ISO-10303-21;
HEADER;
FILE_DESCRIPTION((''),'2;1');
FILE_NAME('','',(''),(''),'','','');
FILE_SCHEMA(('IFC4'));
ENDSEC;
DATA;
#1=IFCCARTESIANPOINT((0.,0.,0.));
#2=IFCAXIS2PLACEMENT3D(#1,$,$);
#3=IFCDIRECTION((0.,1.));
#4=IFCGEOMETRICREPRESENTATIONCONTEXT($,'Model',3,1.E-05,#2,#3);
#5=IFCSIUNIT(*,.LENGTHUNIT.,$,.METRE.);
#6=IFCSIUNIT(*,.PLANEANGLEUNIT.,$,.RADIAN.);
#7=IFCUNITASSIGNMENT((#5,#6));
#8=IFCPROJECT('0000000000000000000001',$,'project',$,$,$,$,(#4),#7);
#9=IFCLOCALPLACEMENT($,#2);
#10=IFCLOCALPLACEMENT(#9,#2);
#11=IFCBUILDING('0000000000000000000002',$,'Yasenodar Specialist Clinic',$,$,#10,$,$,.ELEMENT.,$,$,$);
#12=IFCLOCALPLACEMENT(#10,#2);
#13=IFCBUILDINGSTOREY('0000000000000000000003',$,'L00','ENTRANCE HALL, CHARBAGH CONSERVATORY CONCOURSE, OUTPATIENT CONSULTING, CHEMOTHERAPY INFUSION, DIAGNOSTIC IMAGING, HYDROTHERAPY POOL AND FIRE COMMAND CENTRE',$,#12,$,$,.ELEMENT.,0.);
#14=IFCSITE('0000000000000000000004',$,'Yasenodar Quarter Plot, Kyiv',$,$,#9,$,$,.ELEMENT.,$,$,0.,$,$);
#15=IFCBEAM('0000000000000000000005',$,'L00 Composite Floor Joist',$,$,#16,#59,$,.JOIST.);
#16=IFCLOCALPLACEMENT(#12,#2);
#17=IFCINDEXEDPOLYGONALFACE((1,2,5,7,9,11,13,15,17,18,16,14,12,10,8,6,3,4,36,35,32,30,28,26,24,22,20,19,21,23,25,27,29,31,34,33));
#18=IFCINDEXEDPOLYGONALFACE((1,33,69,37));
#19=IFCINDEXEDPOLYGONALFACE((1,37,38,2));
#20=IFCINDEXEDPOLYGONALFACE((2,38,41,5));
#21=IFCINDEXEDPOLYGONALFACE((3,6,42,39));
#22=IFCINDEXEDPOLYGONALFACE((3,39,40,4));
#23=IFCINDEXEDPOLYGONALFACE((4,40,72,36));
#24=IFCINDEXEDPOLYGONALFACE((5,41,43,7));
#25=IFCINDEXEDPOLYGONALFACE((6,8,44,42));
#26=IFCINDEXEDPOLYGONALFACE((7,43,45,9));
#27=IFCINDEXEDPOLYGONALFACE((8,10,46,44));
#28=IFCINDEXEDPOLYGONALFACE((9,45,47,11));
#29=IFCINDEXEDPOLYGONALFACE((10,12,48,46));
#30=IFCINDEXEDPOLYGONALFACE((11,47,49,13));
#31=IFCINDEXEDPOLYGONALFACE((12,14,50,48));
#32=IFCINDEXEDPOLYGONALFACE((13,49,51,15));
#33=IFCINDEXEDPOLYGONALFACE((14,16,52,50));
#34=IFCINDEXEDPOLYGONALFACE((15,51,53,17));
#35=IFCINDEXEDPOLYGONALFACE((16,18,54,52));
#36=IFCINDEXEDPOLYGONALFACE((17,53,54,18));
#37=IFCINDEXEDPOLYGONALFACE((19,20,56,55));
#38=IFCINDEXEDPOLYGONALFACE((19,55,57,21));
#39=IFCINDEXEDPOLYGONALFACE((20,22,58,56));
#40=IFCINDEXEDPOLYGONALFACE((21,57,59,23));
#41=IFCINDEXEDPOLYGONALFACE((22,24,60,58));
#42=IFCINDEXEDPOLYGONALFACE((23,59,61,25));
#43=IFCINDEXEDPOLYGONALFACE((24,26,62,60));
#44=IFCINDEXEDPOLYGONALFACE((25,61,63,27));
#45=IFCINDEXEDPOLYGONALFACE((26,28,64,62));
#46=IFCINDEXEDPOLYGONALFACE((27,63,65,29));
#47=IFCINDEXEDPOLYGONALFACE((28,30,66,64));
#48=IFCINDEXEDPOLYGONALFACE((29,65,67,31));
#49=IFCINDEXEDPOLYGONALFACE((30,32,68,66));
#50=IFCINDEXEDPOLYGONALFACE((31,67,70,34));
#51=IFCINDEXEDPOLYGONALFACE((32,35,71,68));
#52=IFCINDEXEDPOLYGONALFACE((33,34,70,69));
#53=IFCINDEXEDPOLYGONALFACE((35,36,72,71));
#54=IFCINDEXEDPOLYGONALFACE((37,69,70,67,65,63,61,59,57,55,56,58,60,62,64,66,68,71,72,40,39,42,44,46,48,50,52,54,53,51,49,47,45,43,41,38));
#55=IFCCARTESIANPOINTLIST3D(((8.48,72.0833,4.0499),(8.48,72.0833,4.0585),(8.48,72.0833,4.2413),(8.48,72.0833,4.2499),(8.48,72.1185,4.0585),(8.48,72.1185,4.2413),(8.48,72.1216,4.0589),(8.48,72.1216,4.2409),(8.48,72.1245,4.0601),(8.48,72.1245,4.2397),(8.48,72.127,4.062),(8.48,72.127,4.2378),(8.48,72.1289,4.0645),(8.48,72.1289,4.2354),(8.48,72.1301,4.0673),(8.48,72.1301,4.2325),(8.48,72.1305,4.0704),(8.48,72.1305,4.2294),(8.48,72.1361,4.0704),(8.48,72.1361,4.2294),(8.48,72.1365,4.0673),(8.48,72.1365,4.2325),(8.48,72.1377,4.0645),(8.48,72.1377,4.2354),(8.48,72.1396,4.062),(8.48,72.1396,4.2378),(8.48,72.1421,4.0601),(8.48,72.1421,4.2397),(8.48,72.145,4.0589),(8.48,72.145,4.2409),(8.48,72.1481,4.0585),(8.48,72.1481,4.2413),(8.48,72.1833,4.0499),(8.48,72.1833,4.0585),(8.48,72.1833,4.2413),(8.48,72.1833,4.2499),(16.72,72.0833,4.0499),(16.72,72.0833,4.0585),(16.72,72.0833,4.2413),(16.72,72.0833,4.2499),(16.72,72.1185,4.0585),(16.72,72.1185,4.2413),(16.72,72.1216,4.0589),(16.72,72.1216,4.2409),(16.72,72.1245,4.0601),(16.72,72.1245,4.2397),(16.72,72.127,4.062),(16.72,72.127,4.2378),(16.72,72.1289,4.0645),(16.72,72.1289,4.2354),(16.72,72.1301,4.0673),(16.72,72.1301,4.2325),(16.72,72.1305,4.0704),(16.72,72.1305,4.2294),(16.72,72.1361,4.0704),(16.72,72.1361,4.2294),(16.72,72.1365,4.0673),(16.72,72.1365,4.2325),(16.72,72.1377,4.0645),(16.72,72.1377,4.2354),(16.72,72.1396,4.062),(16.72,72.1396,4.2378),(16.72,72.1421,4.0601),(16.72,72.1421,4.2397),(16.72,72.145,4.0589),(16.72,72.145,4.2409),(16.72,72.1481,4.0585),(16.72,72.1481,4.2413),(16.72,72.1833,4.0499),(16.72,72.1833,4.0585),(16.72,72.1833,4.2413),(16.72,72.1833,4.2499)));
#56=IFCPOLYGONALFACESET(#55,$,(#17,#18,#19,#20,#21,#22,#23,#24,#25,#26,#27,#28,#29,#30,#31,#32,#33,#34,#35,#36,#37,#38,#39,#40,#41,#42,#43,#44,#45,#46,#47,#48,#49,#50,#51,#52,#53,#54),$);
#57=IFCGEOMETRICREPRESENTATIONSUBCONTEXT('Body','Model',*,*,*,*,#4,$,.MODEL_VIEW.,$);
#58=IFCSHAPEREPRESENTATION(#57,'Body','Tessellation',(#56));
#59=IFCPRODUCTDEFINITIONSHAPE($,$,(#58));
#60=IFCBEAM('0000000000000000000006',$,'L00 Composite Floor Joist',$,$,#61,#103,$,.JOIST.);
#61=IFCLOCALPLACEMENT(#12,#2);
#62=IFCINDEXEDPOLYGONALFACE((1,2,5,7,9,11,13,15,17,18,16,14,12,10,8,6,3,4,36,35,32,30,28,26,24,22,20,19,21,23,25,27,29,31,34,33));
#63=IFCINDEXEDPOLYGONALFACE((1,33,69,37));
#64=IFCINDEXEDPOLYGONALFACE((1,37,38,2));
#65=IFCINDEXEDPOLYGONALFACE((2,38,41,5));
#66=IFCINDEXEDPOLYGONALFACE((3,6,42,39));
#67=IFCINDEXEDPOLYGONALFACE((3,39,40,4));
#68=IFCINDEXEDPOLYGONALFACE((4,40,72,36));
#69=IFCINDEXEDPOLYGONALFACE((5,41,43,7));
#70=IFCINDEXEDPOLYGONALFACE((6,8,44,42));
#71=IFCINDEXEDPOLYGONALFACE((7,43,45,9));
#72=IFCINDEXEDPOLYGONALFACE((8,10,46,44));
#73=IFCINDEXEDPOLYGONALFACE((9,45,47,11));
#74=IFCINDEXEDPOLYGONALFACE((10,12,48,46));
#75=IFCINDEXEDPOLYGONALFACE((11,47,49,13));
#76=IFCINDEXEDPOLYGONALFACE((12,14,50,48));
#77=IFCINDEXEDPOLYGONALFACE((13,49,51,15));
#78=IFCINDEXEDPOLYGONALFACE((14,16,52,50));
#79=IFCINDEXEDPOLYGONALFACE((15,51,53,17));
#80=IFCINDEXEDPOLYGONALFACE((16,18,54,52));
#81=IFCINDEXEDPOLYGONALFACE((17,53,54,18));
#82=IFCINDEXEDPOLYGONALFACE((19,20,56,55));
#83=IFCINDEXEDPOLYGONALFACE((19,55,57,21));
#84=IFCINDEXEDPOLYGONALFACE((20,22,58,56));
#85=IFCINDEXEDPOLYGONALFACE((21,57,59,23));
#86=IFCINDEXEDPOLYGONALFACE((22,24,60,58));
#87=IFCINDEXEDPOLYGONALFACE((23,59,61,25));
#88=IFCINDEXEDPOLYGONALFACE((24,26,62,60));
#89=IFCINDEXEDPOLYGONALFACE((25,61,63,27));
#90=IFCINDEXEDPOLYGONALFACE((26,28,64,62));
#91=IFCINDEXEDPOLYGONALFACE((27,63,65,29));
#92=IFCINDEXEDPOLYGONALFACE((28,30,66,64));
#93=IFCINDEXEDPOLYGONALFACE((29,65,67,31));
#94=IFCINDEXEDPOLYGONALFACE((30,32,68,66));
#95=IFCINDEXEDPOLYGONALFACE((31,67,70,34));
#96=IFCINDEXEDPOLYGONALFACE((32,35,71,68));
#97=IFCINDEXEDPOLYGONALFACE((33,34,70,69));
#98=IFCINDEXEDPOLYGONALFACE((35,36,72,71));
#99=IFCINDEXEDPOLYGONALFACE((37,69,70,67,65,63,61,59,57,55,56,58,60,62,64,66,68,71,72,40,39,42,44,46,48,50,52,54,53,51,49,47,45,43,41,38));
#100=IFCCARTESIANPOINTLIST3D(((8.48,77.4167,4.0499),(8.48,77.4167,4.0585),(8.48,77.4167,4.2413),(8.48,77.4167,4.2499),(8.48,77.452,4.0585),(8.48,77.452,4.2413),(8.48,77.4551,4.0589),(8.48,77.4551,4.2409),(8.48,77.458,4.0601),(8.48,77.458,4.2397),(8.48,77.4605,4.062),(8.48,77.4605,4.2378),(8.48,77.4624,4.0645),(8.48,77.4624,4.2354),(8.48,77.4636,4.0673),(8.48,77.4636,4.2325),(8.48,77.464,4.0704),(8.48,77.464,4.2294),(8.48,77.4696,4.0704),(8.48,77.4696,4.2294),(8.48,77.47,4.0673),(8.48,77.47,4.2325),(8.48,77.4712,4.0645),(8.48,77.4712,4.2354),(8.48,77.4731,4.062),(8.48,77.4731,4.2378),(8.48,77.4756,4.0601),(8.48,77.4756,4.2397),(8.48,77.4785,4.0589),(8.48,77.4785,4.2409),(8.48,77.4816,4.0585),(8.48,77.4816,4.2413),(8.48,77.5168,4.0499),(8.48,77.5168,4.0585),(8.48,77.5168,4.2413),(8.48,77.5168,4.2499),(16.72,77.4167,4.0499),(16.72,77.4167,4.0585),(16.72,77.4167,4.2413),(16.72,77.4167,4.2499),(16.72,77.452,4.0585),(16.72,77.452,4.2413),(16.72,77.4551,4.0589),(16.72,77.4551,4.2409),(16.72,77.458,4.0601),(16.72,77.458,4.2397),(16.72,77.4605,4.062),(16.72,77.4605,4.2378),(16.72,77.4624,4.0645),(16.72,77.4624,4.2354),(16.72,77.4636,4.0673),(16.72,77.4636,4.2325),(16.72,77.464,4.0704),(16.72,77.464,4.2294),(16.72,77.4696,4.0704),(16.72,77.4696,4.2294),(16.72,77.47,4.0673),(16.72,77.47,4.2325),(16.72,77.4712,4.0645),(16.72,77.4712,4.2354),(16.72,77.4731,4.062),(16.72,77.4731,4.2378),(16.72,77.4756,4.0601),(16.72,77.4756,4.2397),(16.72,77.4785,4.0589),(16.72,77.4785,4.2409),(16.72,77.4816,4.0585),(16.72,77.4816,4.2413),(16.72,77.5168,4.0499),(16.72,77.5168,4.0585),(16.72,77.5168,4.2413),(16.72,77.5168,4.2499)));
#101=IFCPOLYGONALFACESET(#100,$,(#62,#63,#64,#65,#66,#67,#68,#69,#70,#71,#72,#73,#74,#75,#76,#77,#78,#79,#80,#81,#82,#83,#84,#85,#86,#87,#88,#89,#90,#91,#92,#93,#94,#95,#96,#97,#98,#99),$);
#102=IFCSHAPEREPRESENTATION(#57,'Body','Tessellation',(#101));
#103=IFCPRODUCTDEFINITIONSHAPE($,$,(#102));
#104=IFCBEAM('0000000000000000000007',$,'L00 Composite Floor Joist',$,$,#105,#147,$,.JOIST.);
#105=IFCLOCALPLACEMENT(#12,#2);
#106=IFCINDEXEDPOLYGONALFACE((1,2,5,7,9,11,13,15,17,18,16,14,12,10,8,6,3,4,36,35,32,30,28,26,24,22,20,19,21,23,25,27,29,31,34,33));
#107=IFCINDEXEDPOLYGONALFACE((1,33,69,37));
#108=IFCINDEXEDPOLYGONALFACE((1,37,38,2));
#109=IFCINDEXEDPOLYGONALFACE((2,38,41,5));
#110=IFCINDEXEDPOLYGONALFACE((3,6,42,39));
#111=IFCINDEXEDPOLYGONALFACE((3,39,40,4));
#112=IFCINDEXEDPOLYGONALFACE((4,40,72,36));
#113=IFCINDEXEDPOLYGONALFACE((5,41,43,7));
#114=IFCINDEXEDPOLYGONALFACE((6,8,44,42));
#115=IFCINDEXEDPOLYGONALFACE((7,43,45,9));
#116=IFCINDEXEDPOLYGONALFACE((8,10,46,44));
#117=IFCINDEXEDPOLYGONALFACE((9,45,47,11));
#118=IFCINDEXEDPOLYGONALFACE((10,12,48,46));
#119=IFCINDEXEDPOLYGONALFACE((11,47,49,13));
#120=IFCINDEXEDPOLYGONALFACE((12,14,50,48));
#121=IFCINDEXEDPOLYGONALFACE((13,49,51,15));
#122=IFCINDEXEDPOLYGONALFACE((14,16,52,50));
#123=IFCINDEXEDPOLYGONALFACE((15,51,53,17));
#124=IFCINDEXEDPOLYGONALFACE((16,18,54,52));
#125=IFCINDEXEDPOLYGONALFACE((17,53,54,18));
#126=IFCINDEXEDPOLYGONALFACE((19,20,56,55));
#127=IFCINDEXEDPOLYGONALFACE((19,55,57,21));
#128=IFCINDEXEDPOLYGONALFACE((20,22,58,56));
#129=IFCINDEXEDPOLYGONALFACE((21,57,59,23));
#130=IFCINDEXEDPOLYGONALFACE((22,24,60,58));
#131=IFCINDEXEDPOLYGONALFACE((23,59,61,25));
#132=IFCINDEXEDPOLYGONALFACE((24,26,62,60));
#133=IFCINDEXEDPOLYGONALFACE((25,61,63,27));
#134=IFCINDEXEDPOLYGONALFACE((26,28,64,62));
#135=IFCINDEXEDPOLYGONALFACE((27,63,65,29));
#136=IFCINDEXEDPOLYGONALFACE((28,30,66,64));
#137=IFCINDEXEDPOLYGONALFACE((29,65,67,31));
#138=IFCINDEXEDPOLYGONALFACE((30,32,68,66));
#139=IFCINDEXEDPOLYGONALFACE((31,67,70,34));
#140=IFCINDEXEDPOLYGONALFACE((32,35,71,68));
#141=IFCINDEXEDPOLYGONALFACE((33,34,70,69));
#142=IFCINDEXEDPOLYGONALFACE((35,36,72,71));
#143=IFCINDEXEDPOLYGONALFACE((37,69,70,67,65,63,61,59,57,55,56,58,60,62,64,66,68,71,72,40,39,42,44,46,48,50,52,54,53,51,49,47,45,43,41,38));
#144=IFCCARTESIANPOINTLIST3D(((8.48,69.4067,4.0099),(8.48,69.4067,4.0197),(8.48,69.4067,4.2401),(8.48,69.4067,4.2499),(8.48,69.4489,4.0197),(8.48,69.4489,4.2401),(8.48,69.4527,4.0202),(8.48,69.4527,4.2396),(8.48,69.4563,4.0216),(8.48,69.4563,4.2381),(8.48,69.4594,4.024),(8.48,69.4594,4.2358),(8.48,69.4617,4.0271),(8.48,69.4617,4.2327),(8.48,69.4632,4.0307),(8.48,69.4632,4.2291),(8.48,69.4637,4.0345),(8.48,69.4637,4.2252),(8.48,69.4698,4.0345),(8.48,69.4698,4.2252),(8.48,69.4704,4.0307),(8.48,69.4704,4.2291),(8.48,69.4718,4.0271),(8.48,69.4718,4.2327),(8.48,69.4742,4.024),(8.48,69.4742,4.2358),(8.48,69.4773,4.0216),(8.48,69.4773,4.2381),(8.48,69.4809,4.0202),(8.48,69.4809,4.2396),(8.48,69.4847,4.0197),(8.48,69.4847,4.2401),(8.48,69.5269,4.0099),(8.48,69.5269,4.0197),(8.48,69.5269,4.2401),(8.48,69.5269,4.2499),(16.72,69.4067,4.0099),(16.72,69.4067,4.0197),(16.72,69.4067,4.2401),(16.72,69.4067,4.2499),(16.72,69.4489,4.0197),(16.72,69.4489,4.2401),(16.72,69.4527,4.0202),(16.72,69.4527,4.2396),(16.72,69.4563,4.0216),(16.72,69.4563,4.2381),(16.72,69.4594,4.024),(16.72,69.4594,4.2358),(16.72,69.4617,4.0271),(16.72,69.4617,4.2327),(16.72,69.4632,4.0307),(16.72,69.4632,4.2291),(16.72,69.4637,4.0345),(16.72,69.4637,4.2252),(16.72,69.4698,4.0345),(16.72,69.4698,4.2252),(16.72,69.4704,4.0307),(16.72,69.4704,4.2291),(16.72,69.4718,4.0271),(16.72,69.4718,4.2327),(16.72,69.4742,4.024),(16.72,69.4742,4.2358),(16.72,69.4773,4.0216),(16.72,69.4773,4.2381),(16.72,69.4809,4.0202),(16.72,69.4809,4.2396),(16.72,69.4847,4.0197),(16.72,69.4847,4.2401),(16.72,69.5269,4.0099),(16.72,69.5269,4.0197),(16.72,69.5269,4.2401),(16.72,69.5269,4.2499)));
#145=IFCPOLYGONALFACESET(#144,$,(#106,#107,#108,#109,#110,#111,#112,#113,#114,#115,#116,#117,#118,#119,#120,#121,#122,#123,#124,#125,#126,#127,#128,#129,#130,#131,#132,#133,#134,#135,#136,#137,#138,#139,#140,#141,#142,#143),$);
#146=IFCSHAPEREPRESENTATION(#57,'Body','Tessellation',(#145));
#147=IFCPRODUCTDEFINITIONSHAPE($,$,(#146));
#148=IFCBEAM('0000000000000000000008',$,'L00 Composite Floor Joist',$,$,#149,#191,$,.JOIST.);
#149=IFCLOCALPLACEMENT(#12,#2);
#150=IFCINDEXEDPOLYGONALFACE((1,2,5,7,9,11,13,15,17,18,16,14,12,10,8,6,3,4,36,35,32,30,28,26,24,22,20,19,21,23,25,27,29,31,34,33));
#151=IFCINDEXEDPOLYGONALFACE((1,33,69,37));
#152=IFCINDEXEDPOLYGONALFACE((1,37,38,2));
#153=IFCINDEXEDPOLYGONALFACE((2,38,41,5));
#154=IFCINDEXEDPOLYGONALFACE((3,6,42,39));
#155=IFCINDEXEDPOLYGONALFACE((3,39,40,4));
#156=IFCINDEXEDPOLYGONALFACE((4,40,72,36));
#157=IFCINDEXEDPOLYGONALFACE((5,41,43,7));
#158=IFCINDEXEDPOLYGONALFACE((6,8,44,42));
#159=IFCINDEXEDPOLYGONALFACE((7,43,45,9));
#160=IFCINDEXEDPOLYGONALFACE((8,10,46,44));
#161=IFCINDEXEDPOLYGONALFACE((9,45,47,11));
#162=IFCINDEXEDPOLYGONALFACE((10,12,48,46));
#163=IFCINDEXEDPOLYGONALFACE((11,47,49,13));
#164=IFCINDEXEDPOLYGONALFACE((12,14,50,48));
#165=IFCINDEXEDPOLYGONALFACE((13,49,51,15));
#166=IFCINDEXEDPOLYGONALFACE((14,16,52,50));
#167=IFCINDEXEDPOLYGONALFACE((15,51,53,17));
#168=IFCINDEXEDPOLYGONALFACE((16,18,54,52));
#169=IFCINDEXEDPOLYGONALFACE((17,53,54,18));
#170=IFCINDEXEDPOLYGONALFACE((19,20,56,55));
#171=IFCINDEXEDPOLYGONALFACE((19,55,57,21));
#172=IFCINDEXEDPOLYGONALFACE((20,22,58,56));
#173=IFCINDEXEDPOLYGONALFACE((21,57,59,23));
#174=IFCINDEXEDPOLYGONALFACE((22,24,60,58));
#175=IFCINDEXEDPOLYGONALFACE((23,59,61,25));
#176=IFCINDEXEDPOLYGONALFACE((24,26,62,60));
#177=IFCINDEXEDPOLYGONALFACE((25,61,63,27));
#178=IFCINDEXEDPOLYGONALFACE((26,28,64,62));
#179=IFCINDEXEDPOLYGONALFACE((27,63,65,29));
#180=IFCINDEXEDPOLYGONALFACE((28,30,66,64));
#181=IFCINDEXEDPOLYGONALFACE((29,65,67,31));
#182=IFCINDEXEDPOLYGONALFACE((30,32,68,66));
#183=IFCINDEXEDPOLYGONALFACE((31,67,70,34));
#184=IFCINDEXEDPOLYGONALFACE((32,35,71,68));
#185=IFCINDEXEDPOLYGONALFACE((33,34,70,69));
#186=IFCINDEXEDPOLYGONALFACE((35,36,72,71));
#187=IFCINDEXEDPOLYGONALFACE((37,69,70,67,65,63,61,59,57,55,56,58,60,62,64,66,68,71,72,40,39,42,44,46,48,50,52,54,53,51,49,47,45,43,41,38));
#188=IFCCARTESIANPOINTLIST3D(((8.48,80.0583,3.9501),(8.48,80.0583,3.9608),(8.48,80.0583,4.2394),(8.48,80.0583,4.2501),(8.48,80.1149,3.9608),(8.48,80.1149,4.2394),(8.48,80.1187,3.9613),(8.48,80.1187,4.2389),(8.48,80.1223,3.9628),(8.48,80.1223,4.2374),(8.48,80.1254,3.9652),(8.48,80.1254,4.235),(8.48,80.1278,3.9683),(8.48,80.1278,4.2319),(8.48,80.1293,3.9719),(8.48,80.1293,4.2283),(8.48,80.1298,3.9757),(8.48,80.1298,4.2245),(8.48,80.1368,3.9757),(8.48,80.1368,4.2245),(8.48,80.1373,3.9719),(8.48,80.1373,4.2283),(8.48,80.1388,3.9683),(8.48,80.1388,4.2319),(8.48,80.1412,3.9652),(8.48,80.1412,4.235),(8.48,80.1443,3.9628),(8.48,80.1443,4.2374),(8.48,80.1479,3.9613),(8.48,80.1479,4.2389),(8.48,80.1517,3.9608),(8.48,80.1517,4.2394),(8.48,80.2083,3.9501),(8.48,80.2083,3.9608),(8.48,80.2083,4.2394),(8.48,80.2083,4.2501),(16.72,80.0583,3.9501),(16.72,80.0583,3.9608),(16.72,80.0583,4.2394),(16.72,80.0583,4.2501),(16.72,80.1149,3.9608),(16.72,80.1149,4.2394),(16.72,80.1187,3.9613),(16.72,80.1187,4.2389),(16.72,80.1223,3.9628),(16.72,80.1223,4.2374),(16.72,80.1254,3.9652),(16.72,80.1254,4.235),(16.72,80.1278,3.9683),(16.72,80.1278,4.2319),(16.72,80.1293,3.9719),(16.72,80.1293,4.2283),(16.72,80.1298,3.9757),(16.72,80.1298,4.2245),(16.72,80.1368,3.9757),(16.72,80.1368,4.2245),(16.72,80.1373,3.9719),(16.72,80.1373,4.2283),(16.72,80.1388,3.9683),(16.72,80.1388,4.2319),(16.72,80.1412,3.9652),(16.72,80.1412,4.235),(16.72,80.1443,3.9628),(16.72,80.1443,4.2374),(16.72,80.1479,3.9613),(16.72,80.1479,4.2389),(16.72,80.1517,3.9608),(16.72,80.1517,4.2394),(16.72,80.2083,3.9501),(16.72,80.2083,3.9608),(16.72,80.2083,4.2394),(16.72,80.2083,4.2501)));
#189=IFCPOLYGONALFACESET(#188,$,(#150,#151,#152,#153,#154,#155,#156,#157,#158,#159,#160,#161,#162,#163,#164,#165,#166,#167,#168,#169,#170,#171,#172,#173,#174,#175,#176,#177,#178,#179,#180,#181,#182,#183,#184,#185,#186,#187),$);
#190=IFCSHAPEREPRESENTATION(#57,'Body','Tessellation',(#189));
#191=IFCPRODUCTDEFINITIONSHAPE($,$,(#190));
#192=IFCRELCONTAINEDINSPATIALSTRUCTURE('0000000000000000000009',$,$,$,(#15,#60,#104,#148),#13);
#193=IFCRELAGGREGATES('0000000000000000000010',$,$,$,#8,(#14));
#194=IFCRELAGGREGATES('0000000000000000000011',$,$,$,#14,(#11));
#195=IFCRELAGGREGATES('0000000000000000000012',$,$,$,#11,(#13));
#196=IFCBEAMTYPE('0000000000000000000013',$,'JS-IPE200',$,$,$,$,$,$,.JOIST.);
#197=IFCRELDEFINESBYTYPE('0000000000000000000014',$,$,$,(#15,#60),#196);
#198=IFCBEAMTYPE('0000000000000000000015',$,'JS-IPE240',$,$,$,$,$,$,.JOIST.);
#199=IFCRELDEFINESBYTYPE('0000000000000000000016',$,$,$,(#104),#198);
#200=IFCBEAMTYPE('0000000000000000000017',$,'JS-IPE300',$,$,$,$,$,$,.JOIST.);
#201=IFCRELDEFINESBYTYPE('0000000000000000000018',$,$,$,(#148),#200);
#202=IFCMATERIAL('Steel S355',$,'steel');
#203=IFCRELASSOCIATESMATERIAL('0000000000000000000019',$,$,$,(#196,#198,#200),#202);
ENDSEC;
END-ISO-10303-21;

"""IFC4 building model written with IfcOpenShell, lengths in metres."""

from ifc_helpers import new_model, si_unit, direction, frame, origin, origin_2d, place, context, subcontext, project, spatial, i_section, extrude, material, material_profile, profile_set, type_object, element, save


model = new_model("IFC4")

# Units and contexts
model_context = context("Model", 3, precision=1e-05, world=origin(), true_north=direction((0.0, 1.0)))
body_context = subcontext(model_context, "Body", "Model", "MODEL_VIEW")
ifc_project = project(units=[si_unit("LENGTHUNIT", "METRE"), si_unit("PLANEANGLEUNIT", "RADIAN")], contexts=[model_context])

# Site, building, storey
site_placement = place(None, origin())
site = spatial("IfcSite", under=ifc_project, at=site_placement, Name="Yasenodar Quarter Plot, Kyiv", CompositionType="ELEMENT", RefElevation=0.0)
building_placement = place(site_placement, origin())
building = spatial("IfcBuilding", under=site, at=building_placement, Name="Yasenodar Specialist Clinic", CompositionType="ELEMENT")
storey_placement = place(building_placement, origin())
storey = spatial("IfcBuildingStorey", under=building, at=storey_placement, Name="L00", Description="ENTRANCE HALL, CHARBAGH CONSERVATORY CONCOURSE, OUTPATIENT CONSULTING, CHEMOTHERAPY INFUSION, DIAGNOSTIC IMAGING, HYDROTHERAPY POOL AND FIRE COMMAND CENTRE", CompositionType="ELEMENT", Elevation=0.0)

# Shared definitions
ifc_material_1 = material(Name="Steel S355", Category="steel")

# Beams
ifc_material_profile_1 = material_profile(ifc_material_1, i_section(OverallWidth=0.1001, OverallDepth=0.2, WebThickness=0.0056, FlangeThickness=0.0085, FilletRadius=0.012, at=origin_2d()), Name="IPE 200")
ifc_profile_set_1 = profile_set([ifc_material_profile_1], Name="Steel S355")
beam_type_1 = type_object("IfcBeamType", Name="JS-IPE200", PredefinedType="JOIST", material=ifc_profile_set_1)
for number, where, z_axis, x_axis, name in (
    (1, (8.48, 72.1333, 4.1499), (1.0, 0.0, 0.0), (0.0, 1.0, 0.0), "L00 Composite Floor Joist"),
    (2, (8.48, 77.4668, 4.1499), (1.0, 0.0, 0.0), (0.0, 1.0, 0.0), "L00 Composite Floor Joist"),
):
    element("IfcBeam", number, at=place(storey_placement, frame(where, z_axis=z_axis, x_axis=x_axis)), inside=storey, type_object=beam_type_1, Name=name, PredefinedType="JOIST", context=body_context, shape_type="SweptSolid", body=[
        extrude(i_section(OverallWidth=0.1001, OverallDepth=0.2, WebThickness=0.0056, FlangeThickness=0.0085, FilletRadius=0.012, at=origin_2d()), origin(), (0.0, 0.0, 1.0), 8.24),
    ])
ifc_material_profile_2 = material_profile(ifc_material_1, i_section(OverallWidth=0.1201, OverallDepth=0.24, WebThickness=0.0061, FlangeThickness=0.0098, FilletRadius=0.0149, at=origin_2d()), Name="IPE 240")
ifc_profile_set_2 = profile_set([ifc_material_profile_2], Name="Steel S355")
beam_type_2 = type_object("IfcBeamType", Name="JS-IPE240", PredefinedType="JOIST", material=ifc_profile_set_2)
beam_1_placement = place(storey_placement, frame((8.48, 69.4668, 4.1299), z_axis=(1.0, 0.0, 0.0), x_axis=(0.0, 1.0, 0.0)))
element("IfcBeam", 3, at=beam_1_placement, inside=storey, type_object=beam_type_2, Name="L00 Composite Floor Joist", PredefinedType="JOIST", context=body_context, shape_type="SweptSolid", body=[
    extrude(i_section(OverallWidth=0.1201, OverallDepth=0.24, WebThickness=0.0061, FlangeThickness=0.0098, FilletRadius=0.0149, at=origin_2d()), origin(), (0.0, 0.0, 1.0), 8.24),
])
ifc_material_profile_3 = material_profile(ifc_material_1, i_section(OverallWidth=0.1499, OverallDepth=0.3, WebThickness=0.0071, FlangeThickness=0.0107, FilletRadius=0.0149, at=origin_2d()), Name="IPE 300")
ifc_profile_set_3 = profile_set([ifc_material_profile_3], Name="Steel S355")
beam_type_3 = type_object("IfcBeamType", Name="JS-IPE300", PredefinedType="JOIST", material=ifc_profile_set_3)
beam_2_placement = place(storey_placement, frame((8.48, 80.1333, 4.1001), z_axis=(1.0, 0.0, 0.0), x_axis=(0.0, 1.0, 0.0)))
element("IfcBeam", 4, at=beam_2_placement, inside=storey, type_object=beam_type_3, Name="L00 Composite Floor Joist", PredefinedType="JOIST", context=body_context, shape_type="SweptSolid", body=[
    extrude(i_section(OverallWidth=0.1499, OverallDepth=0.3, WebThickness=0.0071, FlangeThickness=0.0107, FilletRadius=0.0149, at=origin_2d()), origin(), (0.0, 0.0, 1.0), 8.24),
])

save(model, "model.ifc")
